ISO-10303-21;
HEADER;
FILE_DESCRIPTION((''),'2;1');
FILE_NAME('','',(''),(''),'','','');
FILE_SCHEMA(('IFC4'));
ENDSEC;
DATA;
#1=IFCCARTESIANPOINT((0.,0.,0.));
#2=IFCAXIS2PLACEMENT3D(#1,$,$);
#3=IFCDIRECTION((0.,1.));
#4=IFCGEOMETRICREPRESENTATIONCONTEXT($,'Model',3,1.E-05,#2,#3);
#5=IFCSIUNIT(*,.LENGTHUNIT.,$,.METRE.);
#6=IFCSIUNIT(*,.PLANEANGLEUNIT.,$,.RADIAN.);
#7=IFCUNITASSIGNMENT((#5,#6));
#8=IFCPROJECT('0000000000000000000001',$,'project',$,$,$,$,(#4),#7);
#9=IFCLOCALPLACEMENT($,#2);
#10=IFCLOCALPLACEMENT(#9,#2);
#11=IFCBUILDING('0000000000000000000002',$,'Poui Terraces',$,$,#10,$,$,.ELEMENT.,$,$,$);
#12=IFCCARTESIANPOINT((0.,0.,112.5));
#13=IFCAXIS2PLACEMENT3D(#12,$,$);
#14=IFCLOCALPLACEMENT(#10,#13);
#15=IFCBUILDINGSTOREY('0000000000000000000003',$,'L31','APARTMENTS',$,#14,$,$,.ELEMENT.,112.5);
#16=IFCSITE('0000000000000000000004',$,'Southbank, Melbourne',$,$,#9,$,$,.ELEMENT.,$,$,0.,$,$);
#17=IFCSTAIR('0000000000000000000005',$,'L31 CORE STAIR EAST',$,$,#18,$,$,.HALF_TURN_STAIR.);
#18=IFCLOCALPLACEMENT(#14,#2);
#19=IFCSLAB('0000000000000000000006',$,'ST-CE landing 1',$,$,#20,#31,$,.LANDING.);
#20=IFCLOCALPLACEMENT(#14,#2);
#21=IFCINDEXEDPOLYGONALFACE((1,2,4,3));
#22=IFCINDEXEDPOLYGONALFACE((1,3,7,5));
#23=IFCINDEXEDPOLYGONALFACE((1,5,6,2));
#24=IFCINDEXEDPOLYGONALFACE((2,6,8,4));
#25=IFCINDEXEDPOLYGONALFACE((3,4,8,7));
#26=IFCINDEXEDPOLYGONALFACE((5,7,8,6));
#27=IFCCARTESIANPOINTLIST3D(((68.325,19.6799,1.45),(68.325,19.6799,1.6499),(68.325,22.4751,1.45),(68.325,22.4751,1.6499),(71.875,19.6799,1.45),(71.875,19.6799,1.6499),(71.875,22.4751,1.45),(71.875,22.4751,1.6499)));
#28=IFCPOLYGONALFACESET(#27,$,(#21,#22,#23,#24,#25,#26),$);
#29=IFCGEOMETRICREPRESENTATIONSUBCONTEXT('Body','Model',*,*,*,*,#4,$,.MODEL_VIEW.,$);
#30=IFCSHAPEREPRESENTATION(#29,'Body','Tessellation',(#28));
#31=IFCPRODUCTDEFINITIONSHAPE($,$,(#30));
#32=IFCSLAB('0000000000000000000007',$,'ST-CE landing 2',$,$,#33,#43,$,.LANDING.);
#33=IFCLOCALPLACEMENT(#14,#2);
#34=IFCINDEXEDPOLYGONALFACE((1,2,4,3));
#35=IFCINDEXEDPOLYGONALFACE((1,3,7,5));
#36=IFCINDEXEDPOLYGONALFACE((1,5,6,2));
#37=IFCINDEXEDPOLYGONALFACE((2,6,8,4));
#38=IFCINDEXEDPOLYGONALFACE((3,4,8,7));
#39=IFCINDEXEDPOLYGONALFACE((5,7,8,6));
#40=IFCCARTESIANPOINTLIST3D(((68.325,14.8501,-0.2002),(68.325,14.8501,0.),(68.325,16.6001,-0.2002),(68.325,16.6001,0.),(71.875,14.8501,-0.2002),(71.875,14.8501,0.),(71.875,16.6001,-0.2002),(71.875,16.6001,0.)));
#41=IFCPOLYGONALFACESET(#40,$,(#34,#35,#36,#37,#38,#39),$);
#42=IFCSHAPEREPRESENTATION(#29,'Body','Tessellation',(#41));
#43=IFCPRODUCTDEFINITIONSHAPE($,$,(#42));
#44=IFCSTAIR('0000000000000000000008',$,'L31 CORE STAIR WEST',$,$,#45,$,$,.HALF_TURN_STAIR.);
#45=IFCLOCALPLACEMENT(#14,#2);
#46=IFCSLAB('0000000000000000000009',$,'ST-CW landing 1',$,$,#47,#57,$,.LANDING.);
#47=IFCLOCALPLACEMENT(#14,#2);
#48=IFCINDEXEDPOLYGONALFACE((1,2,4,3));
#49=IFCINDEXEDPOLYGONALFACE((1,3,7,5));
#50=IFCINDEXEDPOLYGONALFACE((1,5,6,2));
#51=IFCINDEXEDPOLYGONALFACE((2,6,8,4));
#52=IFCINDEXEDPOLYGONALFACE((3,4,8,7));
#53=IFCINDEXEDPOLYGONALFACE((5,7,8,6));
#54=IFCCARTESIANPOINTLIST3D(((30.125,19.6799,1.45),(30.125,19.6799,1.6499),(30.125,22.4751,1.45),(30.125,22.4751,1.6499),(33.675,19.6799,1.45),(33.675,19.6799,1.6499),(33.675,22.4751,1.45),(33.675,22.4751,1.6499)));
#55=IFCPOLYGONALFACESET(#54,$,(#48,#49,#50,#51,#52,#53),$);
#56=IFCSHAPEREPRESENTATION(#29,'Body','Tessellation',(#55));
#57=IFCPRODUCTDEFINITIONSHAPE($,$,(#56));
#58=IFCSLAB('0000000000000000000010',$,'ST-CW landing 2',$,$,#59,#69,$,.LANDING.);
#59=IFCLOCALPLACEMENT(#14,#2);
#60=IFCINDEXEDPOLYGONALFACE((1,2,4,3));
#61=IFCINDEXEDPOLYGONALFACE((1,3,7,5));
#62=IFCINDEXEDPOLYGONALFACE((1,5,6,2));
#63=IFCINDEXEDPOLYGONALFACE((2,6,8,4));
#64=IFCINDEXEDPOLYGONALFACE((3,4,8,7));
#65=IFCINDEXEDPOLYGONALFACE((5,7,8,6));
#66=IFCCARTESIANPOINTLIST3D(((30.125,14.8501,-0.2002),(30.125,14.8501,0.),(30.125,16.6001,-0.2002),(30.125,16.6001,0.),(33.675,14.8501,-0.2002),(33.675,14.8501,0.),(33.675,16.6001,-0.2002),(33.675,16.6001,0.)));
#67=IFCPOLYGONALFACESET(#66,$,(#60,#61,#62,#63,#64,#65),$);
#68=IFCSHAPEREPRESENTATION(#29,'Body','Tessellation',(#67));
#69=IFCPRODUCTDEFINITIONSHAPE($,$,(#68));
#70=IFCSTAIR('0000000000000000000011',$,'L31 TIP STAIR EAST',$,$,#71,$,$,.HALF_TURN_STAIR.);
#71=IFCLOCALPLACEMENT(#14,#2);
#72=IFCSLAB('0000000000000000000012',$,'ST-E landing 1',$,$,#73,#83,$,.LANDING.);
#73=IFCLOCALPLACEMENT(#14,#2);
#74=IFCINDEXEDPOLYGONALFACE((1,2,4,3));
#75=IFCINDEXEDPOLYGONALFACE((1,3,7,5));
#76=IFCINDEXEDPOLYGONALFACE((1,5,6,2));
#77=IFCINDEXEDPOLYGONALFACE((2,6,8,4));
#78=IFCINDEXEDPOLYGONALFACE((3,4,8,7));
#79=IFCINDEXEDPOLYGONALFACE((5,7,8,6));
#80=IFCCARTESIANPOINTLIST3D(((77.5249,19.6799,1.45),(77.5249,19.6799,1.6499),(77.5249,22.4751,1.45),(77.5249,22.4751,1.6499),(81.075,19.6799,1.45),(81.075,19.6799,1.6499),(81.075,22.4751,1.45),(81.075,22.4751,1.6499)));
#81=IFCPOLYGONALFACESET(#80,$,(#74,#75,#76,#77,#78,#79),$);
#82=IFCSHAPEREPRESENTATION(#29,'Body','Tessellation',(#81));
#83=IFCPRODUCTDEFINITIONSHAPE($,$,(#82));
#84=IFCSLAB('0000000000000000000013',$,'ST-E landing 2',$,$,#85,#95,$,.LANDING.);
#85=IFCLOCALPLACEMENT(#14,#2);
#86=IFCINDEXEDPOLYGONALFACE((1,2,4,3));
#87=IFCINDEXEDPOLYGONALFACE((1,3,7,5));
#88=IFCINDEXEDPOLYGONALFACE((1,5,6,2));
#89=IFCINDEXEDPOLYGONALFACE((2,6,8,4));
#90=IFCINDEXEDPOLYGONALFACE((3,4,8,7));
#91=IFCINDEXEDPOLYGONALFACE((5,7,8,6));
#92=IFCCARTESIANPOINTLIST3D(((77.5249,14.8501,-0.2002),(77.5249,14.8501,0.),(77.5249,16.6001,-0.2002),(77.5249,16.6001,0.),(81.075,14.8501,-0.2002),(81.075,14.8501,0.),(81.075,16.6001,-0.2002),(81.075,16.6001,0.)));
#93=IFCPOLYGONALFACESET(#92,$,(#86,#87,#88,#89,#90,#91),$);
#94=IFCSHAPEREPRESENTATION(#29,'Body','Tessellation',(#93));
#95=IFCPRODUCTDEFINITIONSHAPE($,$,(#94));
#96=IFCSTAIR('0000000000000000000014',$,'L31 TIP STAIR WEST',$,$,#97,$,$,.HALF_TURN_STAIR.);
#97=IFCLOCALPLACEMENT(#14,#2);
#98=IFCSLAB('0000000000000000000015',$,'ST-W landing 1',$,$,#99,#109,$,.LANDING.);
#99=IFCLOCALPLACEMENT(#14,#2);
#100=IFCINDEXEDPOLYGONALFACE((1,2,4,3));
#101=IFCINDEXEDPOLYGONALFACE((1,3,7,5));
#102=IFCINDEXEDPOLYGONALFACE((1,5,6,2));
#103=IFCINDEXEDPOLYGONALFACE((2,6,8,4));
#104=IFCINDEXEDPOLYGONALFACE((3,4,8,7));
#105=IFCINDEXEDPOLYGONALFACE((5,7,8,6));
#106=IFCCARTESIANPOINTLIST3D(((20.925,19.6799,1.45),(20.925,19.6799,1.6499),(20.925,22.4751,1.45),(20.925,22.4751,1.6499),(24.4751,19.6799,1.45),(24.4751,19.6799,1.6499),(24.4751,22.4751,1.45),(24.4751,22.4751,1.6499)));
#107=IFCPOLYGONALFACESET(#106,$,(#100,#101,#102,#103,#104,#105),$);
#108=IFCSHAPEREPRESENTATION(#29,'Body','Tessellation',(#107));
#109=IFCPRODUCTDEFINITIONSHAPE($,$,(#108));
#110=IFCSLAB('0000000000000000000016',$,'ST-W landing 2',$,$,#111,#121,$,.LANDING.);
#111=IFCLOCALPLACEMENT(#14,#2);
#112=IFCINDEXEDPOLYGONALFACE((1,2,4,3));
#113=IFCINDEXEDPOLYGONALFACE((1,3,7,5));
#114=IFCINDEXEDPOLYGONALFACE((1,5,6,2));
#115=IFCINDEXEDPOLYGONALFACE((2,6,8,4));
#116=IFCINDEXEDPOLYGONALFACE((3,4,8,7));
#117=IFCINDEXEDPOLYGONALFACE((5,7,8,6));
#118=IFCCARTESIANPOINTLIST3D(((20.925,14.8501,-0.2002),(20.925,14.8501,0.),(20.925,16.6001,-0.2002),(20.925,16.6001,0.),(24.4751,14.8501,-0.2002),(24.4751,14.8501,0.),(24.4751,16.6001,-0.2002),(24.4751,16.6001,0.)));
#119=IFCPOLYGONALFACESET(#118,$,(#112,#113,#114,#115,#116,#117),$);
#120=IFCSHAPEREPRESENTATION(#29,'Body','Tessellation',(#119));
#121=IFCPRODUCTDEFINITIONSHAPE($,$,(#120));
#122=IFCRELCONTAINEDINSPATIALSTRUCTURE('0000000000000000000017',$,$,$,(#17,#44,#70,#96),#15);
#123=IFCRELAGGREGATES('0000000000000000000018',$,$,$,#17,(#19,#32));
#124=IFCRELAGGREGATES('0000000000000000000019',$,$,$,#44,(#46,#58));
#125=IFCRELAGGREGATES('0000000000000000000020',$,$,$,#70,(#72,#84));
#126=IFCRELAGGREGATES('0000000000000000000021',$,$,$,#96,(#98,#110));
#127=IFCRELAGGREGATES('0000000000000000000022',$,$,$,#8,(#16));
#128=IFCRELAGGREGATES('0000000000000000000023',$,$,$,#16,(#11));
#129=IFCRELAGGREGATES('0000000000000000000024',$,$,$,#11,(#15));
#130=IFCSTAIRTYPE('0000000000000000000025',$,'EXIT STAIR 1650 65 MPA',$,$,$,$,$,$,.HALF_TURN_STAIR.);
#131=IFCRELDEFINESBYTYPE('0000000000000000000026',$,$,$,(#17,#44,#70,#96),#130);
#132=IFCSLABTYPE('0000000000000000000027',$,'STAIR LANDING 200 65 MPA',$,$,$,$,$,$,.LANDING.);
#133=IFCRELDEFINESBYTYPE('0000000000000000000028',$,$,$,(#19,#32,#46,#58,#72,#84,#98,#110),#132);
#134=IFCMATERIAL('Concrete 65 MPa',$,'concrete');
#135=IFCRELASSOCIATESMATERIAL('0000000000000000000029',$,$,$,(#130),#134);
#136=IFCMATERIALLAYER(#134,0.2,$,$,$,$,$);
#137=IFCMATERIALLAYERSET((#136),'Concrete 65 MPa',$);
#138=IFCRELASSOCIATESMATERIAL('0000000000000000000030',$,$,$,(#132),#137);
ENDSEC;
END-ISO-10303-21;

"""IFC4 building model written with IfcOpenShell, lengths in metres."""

from ifc_helpers import new_model, si_unit, direction, frame, origin, place, context, subcontext, project, spatial, polyline, outline, extrude, material, layer, layer_set, type_object, element, aggregate, save


model = new_model("IFC4")

# Units and contexts
model_context = context("Model", 3, precision=1e-05, world=origin(), true_north=direction((0.0, 1.0)))
body_context = subcontext(model_context, "Body", "Model", "MODEL_VIEW")
ifc_project = project(units=[si_unit("LENGTHUNIT", "METRE"), si_unit("PLANEANGLEUNIT", "RADIAN")], contexts=[model_context])

# Site, building, storey
site_placement = place(None, origin())
site = spatial("IfcSite", under=ifc_project, at=site_placement, Name="Southbank, Melbourne", CompositionType="ELEMENT", RefElevation=0.0)
building_placement = place(site_placement, origin())
building = spatial("IfcBuilding", under=site, at=building_placement, Name="Poui Terraces", CompositionType="ELEMENT")
storey_placement = place(building_placement, frame((0.0, 0.0, 112.5)))
storey = spatial("IfcBuildingStorey", under=building, at=storey_placement, Name="L31", Description="APARTMENTS", CompositionType="ELEMENT", Elevation=112.5)

# Stairs, slabs
ifc_material_1 = material(Name="Concrete 65 MPa", Category="concrete")
stair_type = type_object("IfcStairType", Name="EXIT STAIR 1650 65 MPA", PredefinedType="HALF_TURN_STAIR", material=ifc_material_1)
stair_1_placement = place(storey_placement, origin())
stair_1 = element("IfcStair", 1, at=stair_1_placement, inside=storey, type_object=stair_type, Name="L31 CORE STAIR EAST", PredefinedType="HALF_TURN_STAIR")
ifc_layer_1 = layer(ifc_material_1, 0.2)
ifc_layer_set_1 = layer_set([ifc_layer_1], Name="Concrete 65 MPa")
slab_type_1 = type_object("IfcSlabType", Name="STAIR LANDING 200 65 MPA", PredefinedType="LANDING", material=ifc_layer_set_1)
slab_1_placement = place(storey_placement, frame((0.0, 0.0, 1.45)))
slab_1 = element("IfcSlab", 2, at=slab_1_placement, type_object=slab_type_1, Name="ST-CE landing 1", PredefinedType="LANDING", context=body_context, shape_type="SweptSolid", body=[
    extrude(outline(polyline([(68.325, 19.6799), (71.875, 19.6799), (71.875, 22.4751), (68.325, 22.4751), (68.325, 19.6799)])), origin(), (0.0, 0.0, 1.0), 0.2),
])
slab_2_placement = place(storey_placement, frame((0.0, 0.0, -0.2002)))
slab_2 = element("IfcSlab", 3, at=slab_2_placement, type_object=slab_type_1, Name="ST-CE landing 2", PredefinedType="LANDING", context=body_context, shape_type="SweptSolid", body=[
    extrude(outline(polyline([(68.325, 14.8501), (71.875, 14.8501), (71.875, 16.6001), (68.325, 16.6001), (68.325, 14.8501)])), origin(), (0.0, 0.0, 1.0), 0.2002),
])
aggregate(stair_1, [slab_1, slab_2])
stair_2_placement = place(storey_placement, origin())
stair_2 = element("IfcStair", 4, at=stair_2_placement, inside=storey, type_object=stair_type, Name="L31 CORE STAIR WEST", PredefinedType="HALF_TURN_STAIR")
slab_3_placement = place(storey_placement, frame((0.0, 0.0, 1.45)))
slab_3 = element("IfcSlab", 5, at=slab_3_placement, type_object=slab_type_1, Name="ST-CW landing 1", PredefinedType="LANDING", context=body_context, shape_type="SweptSolid", body=[
    extrude(outline(polyline([(30.125, 19.6799), (33.675, 19.6799), (33.675, 22.4751), (30.125, 22.4751), (30.125, 19.6799)])), origin(), (0.0, 0.0, 1.0), 0.2),
])
slab_4_placement = place(storey_placement, frame((0.0, 0.0, -0.2002)))
slab_4 = element("IfcSlab", 6, at=slab_4_placement, type_object=slab_type_1, Name="ST-CW landing 2", PredefinedType="LANDING", context=body_context, shape_type="SweptSolid", body=[
    extrude(outline(polyline([(30.125, 14.8501), (33.675, 14.8501), (33.675, 16.6001), (30.125, 16.6001), (30.125, 14.8501)])), origin(), (0.0, 0.0, 1.0), 0.2002),
])
aggregate(stair_2, [slab_3, slab_4])
stair_3_placement = place(storey_placement, origin())
stair_3 = element("IfcStair", 7, at=stair_3_placement, inside=storey, type_object=stair_type, Name="L31 TIP STAIR EAST", PredefinedType="HALF_TURN_STAIR")
slab_5_placement = place(storey_placement, frame((0.0, 0.0, 1.45)))
slab_5 = element("IfcSlab", 8, at=slab_5_placement, type_object=slab_type_1, Name="ST-E landing 1", PredefinedType="LANDING", context=body_context, shape_type="SweptSolid", body=[
    extrude(outline(polyline([(77.5249, 19.6799), (81.075, 19.6799), (81.075, 22.4751), (77.5249, 22.4751), (77.5249, 19.6799)])), origin(), (0.0, 0.0, 1.0), 0.2),
])
slab_6_placement = place(storey_placement, frame((0.0, 0.0, -0.2002)))
slab_6 = element("IfcSlab", 9, at=slab_6_placement, type_object=slab_type_1, Name="ST-E landing 2", PredefinedType="LANDING", context=body_context, shape_type="SweptSolid", body=[
    extrude(outline(polyline([(77.5249, 14.8501), (81.075, 14.8501), (81.075, 16.6001), (77.5249, 16.6001), (77.5249, 14.8501)])), origin(), (0.0, 0.0, 1.0), 0.2002),
])
aggregate(stair_3, [slab_5, slab_6])
stair_4_placement = place(storey_placement, origin())
stair_4 = element("IfcStair", 10, at=stair_4_placement, inside=storey, type_object=stair_type, Name="L31 TIP STAIR WEST", PredefinedType="HALF_TURN_STAIR")
slab_7_placement = place(storey_placement, frame((0.0, 0.0, 1.45)))
slab_7 = element("IfcSlab", 11, at=slab_7_placement, type_object=slab_type_1, Name="ST-W landing 1", PredefinedType="LANDING", context=body_context, shape_type="SweptSolid", body=[
    extrude(outline(polyline([(20.925, 19.6799), (24.4751, 19.6799), (24.4751, 22.4751), (20.925, 22.4751), (20.925, 19.6799)])), origin(), (0.0, 0.0, 1.0), 0.2),
])
slab_8_placement = place(storey_placement, frame((0.0, 0.0, -0.2002)))
slab_8 = element("IfcSlab", 12, at=slab_8_placement, type_object=slab_type_1, Name="ST-W landing 2", PredefinedType="LANDING", context=body_context, shape_type="SweptSolid", body=[
    extrude(outline(polyline([(20.925, 14.8501), (24.4751, 14.8501), (24.4751, 16.6001), (20.925, 16.6001), (20.925, 14.8501)])), origin(), (0.0, 0.0, 1.0), 0.2002),
])
aggregate(stair_4, [slab_7, slab_8])

save(model, "model.ifc")
